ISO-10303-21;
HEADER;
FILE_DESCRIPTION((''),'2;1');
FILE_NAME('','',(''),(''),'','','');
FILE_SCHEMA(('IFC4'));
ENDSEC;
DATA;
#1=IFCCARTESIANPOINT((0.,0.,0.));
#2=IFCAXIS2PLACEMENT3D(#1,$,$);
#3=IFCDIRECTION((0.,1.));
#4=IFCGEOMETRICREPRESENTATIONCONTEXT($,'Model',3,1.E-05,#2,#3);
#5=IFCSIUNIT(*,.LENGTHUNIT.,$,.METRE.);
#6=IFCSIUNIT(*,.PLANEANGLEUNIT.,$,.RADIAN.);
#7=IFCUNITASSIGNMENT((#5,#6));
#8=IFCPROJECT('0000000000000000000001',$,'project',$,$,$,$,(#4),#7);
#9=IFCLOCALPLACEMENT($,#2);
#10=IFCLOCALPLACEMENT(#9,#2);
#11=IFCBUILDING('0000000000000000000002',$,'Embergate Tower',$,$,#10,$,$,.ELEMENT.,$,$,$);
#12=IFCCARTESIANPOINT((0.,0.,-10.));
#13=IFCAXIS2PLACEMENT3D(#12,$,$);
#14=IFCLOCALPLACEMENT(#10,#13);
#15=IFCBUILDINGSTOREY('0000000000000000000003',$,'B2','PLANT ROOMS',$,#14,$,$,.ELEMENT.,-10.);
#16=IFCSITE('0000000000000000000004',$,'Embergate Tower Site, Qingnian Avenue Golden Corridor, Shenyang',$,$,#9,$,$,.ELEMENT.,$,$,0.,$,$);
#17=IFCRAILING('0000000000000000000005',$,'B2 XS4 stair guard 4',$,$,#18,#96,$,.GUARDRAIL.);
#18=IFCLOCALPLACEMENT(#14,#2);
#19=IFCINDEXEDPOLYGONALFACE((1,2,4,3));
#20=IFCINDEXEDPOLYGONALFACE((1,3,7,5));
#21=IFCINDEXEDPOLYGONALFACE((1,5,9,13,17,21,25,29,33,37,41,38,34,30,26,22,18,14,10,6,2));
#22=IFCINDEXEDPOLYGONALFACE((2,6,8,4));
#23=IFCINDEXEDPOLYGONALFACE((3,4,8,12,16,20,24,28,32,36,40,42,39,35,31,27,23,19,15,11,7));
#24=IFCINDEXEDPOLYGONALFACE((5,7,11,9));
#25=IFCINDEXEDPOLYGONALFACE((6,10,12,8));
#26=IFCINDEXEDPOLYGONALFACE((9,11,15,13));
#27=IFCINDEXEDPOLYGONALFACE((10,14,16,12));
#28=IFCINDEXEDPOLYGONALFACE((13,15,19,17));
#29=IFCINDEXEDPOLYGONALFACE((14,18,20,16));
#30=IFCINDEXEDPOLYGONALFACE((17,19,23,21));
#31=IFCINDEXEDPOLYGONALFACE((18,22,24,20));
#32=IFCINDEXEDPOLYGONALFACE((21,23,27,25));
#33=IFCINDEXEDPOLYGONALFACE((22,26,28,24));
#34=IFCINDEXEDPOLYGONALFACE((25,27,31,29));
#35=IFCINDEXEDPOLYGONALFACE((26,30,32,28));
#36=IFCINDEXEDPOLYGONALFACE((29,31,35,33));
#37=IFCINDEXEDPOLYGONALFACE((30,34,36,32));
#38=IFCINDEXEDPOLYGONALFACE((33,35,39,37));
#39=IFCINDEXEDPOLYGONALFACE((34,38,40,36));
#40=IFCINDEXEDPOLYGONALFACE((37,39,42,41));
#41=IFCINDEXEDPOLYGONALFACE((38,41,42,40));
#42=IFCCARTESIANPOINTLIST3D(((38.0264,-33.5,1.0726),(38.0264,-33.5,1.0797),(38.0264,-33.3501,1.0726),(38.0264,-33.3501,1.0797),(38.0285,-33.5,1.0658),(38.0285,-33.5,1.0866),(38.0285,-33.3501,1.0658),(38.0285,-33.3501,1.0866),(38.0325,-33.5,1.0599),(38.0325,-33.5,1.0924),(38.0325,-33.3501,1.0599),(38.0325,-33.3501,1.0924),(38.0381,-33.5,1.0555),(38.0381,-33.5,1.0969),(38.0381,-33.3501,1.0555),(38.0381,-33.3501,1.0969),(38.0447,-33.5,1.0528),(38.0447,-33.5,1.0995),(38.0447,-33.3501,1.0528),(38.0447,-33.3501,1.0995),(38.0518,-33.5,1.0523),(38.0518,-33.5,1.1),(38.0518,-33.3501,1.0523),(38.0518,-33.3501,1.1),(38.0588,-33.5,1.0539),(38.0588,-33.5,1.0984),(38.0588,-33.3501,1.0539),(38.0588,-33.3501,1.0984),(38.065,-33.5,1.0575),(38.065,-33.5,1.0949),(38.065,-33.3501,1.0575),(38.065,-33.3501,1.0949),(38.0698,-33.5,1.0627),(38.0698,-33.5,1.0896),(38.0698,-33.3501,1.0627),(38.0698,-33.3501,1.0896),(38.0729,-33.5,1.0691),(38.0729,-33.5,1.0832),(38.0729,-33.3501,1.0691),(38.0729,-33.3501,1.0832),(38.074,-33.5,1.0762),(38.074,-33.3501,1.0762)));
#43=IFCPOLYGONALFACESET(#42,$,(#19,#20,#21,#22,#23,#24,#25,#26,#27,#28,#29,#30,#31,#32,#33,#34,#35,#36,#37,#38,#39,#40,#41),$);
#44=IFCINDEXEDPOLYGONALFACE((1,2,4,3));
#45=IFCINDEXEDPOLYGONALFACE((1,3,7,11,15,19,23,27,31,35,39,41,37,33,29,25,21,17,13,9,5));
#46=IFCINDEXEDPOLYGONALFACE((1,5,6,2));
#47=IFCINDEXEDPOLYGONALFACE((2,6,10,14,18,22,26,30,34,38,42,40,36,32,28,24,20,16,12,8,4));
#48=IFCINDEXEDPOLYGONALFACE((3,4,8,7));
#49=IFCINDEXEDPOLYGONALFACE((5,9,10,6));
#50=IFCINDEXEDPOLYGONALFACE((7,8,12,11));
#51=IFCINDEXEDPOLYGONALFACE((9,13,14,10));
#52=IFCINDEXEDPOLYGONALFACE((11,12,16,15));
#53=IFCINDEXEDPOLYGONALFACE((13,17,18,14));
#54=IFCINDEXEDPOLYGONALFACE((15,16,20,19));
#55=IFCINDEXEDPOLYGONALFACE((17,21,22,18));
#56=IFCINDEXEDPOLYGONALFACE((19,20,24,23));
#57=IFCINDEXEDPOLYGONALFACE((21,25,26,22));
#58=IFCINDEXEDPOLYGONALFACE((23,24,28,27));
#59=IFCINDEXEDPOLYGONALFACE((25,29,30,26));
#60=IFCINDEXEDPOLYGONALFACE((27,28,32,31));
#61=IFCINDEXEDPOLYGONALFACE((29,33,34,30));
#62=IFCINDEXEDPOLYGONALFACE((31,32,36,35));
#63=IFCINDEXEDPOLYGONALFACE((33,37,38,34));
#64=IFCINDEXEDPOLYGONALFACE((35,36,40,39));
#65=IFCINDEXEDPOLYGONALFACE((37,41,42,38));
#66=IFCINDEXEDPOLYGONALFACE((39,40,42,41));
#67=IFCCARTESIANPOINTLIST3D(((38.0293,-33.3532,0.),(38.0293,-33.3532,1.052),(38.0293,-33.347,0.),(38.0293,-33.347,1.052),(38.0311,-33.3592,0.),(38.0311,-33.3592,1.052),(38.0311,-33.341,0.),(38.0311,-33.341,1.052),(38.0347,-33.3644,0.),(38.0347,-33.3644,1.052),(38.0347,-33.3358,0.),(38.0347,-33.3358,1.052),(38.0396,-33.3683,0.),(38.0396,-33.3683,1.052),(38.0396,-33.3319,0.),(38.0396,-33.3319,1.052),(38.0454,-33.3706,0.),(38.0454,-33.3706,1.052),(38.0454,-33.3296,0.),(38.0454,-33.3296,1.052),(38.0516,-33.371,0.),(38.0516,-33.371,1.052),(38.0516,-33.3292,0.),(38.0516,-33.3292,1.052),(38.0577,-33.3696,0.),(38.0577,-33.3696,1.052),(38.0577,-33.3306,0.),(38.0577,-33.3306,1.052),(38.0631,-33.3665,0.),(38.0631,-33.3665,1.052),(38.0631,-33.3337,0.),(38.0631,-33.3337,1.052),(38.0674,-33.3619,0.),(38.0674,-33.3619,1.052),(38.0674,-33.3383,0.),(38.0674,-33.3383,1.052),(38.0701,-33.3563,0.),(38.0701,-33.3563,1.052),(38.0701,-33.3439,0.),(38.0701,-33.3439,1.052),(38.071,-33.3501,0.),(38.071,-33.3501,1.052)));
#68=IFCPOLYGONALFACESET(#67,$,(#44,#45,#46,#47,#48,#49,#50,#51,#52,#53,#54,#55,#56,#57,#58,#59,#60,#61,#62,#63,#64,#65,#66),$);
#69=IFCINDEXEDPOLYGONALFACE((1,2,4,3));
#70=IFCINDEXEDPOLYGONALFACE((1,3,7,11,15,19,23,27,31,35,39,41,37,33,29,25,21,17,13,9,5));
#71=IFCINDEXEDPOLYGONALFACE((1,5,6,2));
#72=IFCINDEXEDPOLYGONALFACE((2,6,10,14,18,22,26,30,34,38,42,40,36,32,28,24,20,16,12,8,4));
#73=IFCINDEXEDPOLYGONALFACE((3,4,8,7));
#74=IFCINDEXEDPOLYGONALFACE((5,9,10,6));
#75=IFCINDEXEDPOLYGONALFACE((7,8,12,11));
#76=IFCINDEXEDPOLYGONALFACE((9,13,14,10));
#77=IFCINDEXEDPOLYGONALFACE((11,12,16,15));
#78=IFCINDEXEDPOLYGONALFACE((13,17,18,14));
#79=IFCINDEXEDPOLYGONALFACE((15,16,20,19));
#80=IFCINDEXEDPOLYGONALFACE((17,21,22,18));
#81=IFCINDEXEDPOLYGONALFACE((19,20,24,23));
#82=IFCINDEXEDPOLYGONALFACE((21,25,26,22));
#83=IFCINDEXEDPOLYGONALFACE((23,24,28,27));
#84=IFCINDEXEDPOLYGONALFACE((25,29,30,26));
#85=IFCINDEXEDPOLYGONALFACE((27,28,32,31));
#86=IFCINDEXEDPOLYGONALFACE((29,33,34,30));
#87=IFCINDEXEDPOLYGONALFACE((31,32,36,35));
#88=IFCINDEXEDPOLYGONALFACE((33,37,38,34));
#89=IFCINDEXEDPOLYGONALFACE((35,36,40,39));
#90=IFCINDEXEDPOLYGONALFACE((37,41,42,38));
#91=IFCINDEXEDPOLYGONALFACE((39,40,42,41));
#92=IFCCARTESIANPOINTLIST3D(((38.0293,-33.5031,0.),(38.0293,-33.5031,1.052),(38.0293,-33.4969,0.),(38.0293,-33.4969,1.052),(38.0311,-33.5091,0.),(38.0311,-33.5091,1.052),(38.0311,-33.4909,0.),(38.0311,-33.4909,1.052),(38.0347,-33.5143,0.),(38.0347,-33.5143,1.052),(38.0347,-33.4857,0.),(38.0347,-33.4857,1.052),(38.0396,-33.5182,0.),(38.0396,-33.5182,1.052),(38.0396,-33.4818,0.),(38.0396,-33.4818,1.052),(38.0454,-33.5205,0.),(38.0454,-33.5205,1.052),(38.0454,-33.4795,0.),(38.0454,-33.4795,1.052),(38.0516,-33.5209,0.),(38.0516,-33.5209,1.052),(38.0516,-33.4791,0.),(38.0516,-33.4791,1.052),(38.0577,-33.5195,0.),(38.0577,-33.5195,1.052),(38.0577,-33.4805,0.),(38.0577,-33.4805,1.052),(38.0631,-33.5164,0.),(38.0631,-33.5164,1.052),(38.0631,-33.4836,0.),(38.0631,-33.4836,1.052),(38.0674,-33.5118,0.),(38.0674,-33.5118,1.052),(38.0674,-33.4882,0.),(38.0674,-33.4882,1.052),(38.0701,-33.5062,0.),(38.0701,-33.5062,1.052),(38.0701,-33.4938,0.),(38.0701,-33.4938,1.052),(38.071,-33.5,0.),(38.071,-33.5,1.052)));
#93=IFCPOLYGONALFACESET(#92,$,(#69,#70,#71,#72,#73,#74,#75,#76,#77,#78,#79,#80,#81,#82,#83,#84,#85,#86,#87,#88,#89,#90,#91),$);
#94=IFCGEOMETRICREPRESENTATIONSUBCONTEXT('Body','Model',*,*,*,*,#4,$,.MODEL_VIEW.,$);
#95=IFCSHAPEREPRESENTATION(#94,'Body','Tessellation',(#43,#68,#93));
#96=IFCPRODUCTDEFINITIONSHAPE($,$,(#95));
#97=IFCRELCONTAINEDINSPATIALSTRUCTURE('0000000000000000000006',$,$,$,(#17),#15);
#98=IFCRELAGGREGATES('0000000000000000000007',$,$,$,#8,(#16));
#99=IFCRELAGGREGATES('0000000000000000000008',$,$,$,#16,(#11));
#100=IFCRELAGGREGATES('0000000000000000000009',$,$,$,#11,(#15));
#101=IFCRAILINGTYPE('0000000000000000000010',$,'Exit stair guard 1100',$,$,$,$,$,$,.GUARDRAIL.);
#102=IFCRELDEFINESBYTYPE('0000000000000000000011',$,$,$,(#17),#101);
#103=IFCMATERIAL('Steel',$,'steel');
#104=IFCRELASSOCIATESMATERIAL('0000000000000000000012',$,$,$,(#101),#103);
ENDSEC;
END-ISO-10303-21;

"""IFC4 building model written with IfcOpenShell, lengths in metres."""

from ifc_helpers import new_model, si_unit, direction, frame, origin, origin_2d, place, context, subcontext, project, spatial, circle, extrude, source, transform, mapped, material, type_object, element, save


model = new_model("IFC4")

# Units and contexts
model_context = context("Model", 3, precision=1e-05, world=origin(), true_north=direction((0.0, 1.0)))
body_context = subcontext(model_context, "Body", "Model", "MODEL_VIEW")
ifc_project = project(units=[si_unit("LENGTHUNIT", "METRE"), si_unit("PLANEANGLEUNIT", "RADIAN")], contexts=[model_context])

# Site, building, storey
site_placement = place(None, origin())
site = spatial("IfcSite", under=ifc_project, at=site_placement, Name="Embergate Tower Site, Qingnian Avenue Golden Corridor, Shenyang", CompositionType="ELEMENT", RefElevation=0.0)
building_placement = place(site_placement, origin())
building = spatial("IfcBuilding", under=site, at=building_placement, Name="Embergate Tower", CompositionType="ELEMENT")
storey_placement = place(building_placement, frame((0.0, 0.0, -10.0)))
storey = spatial("IfcBuildingStorey", under=building, at=storey_placement, Name="B2", Description="PLANT ROOMS", CompositionType="ELEMENT", Elevation=-10.0)

# Railing
ifc_material_1 = material(Name="Steel", Category="steel")
railing_type_1 = type_object("IfcRailingType", Name="Exit stair guard 1100", PredefinedType="GUARDRAIL", material=ifc_material_1)
shared_shape_1 = source(origin(), body_context, "Body", "SweptSolid", [
    extrude(circle(Radius=0.0239, at=origin_2d()), frame((0.0, 0.0, 1.0762), z_axis=(0.0, -1.0, 0.0), x_axis=(1.0, 0.0, 0.0)), (0.0, 0.0, 1.0), 0.1499),
    extrude(circle(Radius=0.021, at=origin_2d()), origin(), (0.0, 0.0, 1.0), 1.052),
    extrude(circle(Radius=0.021, at=origin_2d()), frame((0.0, -0.1499, 0.0)), (0.0, 0.0, 1.0), 1.052),
])
for number, where, name in (
    (1, (38.05, -33.3501, 0.0), "B2 XS4 stair guard 4"),
):
    element("IfcRailing", number, at=place(storey_placement, frame(where)), inside=storey, type_object=railing_type_1, Name=name, PredefinedType="GUARDRAIL", context=body_context, shape_type="MappedRepresentation", body=[
        mapped(shared_shape_1, transform((0.0, 0.0, 0.0))),
    ])

save(model, "model.ifc")
